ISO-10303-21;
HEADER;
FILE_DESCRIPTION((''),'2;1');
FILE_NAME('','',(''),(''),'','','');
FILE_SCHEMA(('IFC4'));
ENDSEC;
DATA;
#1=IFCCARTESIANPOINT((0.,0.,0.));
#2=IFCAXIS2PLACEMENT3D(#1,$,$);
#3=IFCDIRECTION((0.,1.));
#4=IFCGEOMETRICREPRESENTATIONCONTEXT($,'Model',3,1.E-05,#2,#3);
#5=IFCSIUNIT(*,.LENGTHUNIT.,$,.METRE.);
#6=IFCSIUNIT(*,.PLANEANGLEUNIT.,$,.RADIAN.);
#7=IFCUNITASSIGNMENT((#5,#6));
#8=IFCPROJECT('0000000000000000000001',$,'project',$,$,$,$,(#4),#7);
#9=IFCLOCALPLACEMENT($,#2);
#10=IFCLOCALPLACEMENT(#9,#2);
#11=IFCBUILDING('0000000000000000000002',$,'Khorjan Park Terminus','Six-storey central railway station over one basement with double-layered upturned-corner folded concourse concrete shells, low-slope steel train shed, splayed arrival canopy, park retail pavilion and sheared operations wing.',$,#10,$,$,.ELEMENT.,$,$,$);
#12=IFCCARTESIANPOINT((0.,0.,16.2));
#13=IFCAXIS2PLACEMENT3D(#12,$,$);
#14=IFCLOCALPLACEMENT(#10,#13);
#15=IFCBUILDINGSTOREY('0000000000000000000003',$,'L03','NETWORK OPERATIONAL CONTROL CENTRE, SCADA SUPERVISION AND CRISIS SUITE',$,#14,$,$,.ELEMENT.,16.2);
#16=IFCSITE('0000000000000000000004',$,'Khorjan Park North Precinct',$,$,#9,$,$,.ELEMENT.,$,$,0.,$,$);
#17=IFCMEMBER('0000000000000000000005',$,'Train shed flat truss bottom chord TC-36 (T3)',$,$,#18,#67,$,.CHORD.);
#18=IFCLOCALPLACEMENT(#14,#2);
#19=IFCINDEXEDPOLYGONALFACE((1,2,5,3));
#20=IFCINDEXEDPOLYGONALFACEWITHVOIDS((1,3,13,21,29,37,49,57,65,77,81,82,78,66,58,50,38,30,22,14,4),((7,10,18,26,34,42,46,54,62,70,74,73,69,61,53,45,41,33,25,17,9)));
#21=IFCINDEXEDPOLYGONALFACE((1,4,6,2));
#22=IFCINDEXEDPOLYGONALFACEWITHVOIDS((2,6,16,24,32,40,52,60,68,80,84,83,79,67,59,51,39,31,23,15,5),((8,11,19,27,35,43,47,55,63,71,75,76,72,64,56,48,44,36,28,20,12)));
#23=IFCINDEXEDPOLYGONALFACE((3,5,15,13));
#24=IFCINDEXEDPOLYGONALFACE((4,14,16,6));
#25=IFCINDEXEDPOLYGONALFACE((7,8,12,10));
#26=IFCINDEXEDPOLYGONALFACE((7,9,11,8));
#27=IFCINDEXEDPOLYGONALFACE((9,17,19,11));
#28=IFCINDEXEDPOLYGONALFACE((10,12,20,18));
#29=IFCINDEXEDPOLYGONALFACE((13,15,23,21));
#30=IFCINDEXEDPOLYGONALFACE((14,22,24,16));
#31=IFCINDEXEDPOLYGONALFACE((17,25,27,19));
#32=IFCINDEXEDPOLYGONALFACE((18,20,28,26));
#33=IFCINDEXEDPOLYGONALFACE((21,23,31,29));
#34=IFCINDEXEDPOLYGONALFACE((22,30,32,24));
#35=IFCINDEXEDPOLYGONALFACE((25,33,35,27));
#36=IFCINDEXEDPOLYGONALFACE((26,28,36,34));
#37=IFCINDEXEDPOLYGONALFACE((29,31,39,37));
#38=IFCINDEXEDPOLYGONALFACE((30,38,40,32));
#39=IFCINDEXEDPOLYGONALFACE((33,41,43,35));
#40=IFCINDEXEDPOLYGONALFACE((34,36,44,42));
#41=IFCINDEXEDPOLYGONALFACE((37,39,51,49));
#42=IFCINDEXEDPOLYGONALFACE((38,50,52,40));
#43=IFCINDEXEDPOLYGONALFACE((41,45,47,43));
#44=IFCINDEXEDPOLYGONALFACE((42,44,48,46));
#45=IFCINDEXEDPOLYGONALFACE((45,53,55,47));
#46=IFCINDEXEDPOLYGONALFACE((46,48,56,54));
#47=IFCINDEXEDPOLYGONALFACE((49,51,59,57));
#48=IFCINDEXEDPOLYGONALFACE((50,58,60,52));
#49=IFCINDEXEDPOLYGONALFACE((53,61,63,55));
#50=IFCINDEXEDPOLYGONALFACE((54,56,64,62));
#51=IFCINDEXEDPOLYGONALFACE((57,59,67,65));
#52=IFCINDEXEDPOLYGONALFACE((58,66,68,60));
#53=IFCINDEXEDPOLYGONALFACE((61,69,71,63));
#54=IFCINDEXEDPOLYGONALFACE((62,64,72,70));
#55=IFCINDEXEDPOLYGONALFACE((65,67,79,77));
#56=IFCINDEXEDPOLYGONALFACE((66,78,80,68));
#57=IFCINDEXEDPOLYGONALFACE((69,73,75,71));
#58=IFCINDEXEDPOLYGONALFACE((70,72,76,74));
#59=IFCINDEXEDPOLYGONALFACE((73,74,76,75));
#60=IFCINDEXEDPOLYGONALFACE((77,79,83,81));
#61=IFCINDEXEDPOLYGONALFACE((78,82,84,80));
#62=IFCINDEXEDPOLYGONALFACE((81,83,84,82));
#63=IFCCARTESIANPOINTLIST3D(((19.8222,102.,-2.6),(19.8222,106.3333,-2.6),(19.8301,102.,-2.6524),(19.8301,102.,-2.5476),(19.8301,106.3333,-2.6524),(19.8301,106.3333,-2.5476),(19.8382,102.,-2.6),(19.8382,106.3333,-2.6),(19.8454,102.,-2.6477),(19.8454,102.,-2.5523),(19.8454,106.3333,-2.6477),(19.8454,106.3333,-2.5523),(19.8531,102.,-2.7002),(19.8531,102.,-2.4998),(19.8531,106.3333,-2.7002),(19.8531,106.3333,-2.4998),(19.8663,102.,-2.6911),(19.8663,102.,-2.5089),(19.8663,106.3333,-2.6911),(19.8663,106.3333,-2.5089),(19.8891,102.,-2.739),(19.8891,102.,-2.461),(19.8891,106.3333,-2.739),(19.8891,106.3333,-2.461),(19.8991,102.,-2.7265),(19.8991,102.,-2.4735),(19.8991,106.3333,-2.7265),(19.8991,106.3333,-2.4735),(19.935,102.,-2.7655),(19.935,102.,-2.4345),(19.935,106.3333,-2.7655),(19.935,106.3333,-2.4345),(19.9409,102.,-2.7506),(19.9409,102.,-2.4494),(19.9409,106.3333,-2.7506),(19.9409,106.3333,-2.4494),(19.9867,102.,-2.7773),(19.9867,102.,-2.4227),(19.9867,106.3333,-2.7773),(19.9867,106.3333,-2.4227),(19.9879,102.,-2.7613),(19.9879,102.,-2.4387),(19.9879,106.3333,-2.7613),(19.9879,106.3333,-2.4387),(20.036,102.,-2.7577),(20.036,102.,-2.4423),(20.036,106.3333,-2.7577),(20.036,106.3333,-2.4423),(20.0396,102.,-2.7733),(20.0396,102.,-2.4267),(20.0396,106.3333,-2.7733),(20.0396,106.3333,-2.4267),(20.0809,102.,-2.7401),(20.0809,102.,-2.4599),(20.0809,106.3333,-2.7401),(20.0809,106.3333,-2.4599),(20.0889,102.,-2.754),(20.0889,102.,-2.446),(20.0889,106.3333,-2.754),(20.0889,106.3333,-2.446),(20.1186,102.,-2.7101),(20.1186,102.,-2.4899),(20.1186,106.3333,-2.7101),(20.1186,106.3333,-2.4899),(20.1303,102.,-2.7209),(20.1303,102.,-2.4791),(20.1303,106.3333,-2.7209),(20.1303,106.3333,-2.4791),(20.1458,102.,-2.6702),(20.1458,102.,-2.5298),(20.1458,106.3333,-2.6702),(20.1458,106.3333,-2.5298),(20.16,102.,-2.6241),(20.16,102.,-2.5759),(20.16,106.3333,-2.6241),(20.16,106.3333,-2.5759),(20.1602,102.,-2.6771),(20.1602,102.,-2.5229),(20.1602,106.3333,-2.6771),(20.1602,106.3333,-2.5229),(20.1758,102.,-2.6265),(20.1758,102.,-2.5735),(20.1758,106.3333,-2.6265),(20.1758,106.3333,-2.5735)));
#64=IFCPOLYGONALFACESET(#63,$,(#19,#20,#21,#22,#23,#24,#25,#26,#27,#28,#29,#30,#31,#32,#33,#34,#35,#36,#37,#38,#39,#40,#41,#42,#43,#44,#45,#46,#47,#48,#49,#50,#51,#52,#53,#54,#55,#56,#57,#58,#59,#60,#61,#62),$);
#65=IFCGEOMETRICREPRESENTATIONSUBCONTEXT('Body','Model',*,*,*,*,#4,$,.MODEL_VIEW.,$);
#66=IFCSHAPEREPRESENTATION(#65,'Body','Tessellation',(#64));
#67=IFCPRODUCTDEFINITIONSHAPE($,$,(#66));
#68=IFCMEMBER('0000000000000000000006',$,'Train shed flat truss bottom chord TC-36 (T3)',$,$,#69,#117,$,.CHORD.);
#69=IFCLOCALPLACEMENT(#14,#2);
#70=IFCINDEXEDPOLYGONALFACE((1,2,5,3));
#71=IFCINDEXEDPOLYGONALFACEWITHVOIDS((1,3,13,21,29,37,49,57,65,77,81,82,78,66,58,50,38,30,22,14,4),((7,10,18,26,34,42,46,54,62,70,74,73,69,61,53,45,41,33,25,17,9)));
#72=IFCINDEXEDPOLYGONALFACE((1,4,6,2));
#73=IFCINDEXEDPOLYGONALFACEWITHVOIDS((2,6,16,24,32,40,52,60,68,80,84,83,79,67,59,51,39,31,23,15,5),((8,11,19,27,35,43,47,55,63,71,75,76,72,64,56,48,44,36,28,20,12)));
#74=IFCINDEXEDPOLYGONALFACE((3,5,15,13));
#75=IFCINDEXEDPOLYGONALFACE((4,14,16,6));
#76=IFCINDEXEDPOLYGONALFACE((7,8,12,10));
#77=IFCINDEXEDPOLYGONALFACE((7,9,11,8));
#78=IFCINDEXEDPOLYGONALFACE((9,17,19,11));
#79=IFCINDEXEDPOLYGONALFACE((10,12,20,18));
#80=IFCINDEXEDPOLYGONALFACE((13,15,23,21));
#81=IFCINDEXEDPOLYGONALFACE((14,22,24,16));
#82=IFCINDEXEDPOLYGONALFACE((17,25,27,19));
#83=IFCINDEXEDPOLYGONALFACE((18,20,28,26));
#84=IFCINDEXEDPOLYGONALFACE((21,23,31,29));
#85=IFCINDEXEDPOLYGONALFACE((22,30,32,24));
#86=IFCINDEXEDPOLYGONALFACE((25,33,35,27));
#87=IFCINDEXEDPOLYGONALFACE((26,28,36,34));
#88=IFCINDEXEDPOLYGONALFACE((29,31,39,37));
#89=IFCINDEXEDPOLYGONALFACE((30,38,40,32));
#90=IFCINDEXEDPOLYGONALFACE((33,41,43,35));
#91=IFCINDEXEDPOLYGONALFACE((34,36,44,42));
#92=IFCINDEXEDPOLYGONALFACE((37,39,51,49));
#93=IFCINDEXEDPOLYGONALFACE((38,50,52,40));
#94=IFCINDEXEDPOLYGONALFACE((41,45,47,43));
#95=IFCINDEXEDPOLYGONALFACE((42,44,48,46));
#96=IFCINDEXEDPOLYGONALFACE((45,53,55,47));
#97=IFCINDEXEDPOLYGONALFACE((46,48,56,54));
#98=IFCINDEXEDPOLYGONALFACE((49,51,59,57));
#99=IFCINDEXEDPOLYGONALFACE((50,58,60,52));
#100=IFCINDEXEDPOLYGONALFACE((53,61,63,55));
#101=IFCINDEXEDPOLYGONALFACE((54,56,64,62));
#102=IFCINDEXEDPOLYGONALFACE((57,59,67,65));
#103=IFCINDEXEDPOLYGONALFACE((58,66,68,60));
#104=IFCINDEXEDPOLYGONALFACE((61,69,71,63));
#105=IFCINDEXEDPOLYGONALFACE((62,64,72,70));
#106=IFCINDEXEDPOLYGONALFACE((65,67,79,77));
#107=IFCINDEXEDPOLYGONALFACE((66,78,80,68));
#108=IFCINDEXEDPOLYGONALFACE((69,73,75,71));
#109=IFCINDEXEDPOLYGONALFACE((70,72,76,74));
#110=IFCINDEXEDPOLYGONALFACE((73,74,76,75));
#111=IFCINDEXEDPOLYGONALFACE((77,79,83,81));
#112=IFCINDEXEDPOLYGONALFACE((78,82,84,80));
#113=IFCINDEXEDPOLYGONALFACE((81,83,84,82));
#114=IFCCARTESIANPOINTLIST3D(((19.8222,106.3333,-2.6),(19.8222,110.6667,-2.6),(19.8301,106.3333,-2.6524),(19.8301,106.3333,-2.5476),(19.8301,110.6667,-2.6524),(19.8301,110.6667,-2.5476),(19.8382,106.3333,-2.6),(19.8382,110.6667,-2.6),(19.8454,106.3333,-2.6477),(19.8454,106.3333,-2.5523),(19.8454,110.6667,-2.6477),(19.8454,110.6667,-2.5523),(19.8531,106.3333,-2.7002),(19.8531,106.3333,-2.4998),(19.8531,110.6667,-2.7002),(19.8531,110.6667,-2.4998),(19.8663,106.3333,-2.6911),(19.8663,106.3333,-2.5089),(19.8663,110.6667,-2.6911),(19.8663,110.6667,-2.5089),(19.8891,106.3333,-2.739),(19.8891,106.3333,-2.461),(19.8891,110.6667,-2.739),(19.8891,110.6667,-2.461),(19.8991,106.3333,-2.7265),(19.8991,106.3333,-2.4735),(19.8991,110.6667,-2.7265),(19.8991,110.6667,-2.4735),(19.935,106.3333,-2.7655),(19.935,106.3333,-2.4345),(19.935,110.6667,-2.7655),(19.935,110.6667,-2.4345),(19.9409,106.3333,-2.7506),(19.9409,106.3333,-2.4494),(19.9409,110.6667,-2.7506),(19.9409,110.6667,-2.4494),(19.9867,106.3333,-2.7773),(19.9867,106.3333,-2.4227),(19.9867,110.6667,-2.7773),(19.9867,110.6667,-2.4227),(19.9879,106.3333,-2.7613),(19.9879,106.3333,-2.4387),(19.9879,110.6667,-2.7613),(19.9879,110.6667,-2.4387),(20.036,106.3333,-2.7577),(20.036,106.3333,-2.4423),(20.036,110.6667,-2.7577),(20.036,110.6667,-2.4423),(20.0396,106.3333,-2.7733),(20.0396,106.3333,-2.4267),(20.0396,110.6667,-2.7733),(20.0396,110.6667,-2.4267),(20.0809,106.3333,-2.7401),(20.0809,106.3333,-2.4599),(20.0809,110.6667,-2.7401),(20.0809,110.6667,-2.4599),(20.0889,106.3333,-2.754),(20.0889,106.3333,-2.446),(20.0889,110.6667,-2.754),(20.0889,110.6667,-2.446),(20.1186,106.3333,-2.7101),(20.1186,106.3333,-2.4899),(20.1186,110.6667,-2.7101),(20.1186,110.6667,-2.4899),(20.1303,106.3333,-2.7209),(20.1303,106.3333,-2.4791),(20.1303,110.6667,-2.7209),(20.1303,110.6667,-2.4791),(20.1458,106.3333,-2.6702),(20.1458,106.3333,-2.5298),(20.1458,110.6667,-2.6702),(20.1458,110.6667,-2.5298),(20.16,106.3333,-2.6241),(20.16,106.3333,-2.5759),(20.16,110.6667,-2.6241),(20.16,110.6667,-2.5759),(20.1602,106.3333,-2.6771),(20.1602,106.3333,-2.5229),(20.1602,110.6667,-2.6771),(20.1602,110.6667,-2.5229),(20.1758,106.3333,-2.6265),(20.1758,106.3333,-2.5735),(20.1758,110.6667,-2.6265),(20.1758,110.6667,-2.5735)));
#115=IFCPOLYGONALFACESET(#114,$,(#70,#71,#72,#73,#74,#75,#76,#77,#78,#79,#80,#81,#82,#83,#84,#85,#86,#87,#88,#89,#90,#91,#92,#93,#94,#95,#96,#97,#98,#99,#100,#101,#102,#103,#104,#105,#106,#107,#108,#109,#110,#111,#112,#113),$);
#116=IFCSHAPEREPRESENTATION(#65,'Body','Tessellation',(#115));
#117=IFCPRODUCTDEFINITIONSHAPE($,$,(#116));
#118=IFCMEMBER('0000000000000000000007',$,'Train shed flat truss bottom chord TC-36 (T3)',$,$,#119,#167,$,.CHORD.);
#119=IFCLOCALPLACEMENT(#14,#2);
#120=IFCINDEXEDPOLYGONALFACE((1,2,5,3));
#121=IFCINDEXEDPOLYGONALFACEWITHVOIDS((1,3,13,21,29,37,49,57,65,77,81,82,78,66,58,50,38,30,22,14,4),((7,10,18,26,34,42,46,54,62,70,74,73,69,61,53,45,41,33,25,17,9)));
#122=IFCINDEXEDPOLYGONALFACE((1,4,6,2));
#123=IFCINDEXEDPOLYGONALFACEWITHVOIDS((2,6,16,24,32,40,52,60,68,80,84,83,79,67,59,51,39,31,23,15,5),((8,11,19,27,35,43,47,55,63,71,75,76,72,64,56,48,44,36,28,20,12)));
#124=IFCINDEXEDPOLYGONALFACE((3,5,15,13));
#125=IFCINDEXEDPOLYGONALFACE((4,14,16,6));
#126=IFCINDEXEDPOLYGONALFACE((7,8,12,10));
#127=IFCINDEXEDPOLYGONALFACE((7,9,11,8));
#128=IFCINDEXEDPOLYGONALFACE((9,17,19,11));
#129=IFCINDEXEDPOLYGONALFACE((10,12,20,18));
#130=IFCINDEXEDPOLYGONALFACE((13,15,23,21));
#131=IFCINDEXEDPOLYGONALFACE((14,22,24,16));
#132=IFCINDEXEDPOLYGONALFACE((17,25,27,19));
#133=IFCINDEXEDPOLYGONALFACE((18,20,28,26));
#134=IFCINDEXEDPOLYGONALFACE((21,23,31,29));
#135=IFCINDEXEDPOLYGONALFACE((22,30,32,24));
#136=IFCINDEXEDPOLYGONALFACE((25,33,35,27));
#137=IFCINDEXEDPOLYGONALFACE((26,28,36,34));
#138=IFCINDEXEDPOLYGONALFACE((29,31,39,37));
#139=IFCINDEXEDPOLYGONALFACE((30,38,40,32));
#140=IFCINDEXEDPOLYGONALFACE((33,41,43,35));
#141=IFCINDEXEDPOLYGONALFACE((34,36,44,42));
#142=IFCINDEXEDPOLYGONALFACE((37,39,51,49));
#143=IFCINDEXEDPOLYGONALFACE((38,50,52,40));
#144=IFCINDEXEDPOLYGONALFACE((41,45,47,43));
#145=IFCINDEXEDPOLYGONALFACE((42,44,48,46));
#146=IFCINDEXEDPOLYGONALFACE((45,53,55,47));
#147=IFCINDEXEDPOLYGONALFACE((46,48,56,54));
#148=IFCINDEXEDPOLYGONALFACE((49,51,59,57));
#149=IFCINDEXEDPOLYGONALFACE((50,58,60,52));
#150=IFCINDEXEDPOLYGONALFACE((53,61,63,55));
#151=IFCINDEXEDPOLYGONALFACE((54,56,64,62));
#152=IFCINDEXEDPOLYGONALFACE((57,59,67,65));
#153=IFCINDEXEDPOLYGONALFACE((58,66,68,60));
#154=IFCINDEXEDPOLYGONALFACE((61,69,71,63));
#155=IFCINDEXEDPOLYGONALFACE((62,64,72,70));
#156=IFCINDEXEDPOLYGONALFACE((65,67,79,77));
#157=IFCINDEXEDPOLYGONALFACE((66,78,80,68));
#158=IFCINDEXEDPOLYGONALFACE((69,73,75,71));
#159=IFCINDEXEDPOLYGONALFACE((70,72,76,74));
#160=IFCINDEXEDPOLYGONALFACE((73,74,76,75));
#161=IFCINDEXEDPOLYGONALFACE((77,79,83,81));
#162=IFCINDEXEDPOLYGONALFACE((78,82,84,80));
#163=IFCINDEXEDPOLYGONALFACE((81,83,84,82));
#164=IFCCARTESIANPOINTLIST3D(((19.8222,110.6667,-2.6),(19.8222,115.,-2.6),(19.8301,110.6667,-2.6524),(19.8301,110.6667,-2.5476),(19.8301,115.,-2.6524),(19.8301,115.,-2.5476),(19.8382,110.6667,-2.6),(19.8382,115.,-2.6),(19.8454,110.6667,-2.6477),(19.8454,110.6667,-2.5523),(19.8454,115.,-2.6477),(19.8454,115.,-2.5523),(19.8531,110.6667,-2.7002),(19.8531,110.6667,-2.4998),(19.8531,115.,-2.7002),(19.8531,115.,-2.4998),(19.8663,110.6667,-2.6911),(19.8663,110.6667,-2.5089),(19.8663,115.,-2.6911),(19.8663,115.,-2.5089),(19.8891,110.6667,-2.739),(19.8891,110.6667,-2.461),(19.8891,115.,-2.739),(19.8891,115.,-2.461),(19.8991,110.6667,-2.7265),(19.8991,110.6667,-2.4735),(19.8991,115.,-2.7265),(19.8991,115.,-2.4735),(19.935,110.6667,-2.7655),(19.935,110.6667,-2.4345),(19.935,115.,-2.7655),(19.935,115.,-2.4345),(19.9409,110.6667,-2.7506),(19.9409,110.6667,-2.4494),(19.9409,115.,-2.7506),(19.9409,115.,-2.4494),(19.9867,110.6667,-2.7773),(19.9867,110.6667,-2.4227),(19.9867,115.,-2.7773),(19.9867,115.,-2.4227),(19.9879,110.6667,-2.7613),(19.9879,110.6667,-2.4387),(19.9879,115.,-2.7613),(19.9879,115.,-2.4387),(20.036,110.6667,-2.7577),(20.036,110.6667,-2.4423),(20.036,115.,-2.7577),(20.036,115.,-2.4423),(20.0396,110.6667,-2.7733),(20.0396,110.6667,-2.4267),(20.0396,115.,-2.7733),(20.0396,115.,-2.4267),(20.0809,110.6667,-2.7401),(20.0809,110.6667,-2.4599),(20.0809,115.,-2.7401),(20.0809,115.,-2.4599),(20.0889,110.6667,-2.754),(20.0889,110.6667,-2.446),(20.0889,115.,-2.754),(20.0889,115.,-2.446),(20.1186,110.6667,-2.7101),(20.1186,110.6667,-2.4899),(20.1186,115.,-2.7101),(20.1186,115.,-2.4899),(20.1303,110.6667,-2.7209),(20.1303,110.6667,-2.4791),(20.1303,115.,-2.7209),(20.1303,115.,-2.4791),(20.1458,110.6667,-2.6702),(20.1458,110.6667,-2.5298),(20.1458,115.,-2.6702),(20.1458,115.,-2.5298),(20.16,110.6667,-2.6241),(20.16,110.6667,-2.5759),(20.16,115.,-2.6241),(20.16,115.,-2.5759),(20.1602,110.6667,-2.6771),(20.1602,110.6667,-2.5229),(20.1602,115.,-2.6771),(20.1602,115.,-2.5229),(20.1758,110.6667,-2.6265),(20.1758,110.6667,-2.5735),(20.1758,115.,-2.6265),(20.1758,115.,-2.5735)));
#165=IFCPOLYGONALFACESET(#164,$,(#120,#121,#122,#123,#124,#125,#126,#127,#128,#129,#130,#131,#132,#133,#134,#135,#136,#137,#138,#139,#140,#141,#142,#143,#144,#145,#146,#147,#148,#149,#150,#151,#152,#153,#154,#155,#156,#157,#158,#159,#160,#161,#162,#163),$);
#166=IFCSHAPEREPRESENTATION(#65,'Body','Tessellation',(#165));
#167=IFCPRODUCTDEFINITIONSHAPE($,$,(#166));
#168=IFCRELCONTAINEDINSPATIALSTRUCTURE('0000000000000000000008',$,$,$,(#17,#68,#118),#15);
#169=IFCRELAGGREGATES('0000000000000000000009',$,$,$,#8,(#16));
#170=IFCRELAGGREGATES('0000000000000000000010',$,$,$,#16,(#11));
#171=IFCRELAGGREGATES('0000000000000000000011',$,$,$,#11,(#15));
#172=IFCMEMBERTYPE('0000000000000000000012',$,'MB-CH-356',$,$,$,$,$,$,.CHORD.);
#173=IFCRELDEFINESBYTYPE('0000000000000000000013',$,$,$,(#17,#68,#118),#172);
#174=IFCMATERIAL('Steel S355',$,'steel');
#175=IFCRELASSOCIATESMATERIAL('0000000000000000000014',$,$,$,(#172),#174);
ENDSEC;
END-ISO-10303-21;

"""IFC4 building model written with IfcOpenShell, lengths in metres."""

from ifc_helpers import new_model, si_unit, direction, frame, origin, origin_2d, place, context, subcontext, project, spatial, hollow_circle, extrude, material, material_profile, profile_set, type_object, element, save


model = new_model("IFC4")

# Units and contexts
model_context = context("Model", 3, precision=1e-05, world=origin(), true_north=direction((0.0, 1.0)))
body_context = subcontext(model_context, "Body", "Model", "MODEL_VIEW")
ifc_project = project(units=[si_unit("LENGTHUNIT", "METRE"), si_unit("PLANEANGLEUNIT", "RADIAN")], contexts=[model_context])

# Site, building, storey
site_placement = place(None, origin())
site = spatial("IfcSite", under=ifc_project, at=site_placement, Name="Khorjan Park North Precinct", CompositionType="ELEMENT", RefElevation=0.0)
building_placement = place(site_placement, origin())
building = spatial("IfcBuilding", under=site, at=building_placement, Name="Khorjan Park Terminus", Description="Six-storey central railway station over one basement with double-layered upturned-corner folded concourse concrete shells, low-slope steel train shed, splayed arrival canopy, park retail pavilion and sheared operations wing.", CompositionType="ELEMENT")
storey_placement = place(building_placement, frame((0.0, 0.0, 16.2)))
storey = spatial("IfcBuildingStorey", under=building, at=storey_placement, Name="L03", Description="NETWORK OPERATIONAL CONTROL CENTRE, SCADA SUPERVISION AND CRISIS SUITE", CompositionType="ELEMENT", Elevation=16.2)

# Members
ifc_material = material(Name="Steel S355", Category="steel")
ifc_material_profile_1 = material_profile(ifc_material, hollow_circle(Radius=0.1778, WallThickness=0.016, at=origin_2d()), Name="CHS 355.6x16")
ifc_profile_set_1 = profile_set([ifc_material_profile_1], Name="Steel S355")
member_type_1 = type_object("IfcMemberType", Name="MB-CH-356", PredefinedType="CHORD", material=ifc_profile_set_1)
member_1_placement = place(storey_placement, frame((20.0, 102.0, -2.6), z_axis=(0.0, 1.0, 0.0), x_axis=(-1.0, 0.0, 0.0)))
element("IfcMember", 1, at=member_1_placement, inside=storey, type_object=member_type_1, Name="Train shed flat truss bottom chord TC-36 (T3)", PredefinedType="CHORD", context=body_context, shape_type="SweptSolid", body=[
    extrude(hollow_circle(Radius=0.1778, WallThickness=0.016, at=origin_2d()), origin(), (0.0, 0.0, 1.0), 4.3333),
])
member_2_placement = place(storey_placement, frame((20.0, 106.3333, -2.6), z_axis=(0.0, 1.0, 0.0), x_axis=(-1.0, 0.0, 0.0)))
element("IfcMember", 2, at=member_2_placement, inside=storey, type_object=member_type_1, Name="Train shed flat truss bottom chord TC-36 (T3)", PredefinedType="CHORD", context=body_context, shape_type="SweptSolid", body=[
    extrude(hollow_circle(Radius=0.1778, WallThickness=0.016, at=origin_2d()), origin(), (0.0, 0.0, 1.0), 4.3334),
])
member_3_placement = place(storey_placement, frame((20.0, 110.6667, -2.6), z_axis=(0.0, 1.0, 0.0), x_axis=(-1.0, 0.0, 0.0)))
element("IfcMember", 3, at=member_3_placement, inside=storey, type_object=member_type_1, Name="Train shed flat truss bottom chord TC-36 (T3)", PredefinedType="CHORD", context=body_context, shape_type="SweptSolid", body=[
    extrude(hollow_circle(Radius=0.1778, WallThickness=0.016, at=origin_2d()), origin(), (0.0, 0.0, 1.0), 4.3333),
])

save(model, "model.ifc")
